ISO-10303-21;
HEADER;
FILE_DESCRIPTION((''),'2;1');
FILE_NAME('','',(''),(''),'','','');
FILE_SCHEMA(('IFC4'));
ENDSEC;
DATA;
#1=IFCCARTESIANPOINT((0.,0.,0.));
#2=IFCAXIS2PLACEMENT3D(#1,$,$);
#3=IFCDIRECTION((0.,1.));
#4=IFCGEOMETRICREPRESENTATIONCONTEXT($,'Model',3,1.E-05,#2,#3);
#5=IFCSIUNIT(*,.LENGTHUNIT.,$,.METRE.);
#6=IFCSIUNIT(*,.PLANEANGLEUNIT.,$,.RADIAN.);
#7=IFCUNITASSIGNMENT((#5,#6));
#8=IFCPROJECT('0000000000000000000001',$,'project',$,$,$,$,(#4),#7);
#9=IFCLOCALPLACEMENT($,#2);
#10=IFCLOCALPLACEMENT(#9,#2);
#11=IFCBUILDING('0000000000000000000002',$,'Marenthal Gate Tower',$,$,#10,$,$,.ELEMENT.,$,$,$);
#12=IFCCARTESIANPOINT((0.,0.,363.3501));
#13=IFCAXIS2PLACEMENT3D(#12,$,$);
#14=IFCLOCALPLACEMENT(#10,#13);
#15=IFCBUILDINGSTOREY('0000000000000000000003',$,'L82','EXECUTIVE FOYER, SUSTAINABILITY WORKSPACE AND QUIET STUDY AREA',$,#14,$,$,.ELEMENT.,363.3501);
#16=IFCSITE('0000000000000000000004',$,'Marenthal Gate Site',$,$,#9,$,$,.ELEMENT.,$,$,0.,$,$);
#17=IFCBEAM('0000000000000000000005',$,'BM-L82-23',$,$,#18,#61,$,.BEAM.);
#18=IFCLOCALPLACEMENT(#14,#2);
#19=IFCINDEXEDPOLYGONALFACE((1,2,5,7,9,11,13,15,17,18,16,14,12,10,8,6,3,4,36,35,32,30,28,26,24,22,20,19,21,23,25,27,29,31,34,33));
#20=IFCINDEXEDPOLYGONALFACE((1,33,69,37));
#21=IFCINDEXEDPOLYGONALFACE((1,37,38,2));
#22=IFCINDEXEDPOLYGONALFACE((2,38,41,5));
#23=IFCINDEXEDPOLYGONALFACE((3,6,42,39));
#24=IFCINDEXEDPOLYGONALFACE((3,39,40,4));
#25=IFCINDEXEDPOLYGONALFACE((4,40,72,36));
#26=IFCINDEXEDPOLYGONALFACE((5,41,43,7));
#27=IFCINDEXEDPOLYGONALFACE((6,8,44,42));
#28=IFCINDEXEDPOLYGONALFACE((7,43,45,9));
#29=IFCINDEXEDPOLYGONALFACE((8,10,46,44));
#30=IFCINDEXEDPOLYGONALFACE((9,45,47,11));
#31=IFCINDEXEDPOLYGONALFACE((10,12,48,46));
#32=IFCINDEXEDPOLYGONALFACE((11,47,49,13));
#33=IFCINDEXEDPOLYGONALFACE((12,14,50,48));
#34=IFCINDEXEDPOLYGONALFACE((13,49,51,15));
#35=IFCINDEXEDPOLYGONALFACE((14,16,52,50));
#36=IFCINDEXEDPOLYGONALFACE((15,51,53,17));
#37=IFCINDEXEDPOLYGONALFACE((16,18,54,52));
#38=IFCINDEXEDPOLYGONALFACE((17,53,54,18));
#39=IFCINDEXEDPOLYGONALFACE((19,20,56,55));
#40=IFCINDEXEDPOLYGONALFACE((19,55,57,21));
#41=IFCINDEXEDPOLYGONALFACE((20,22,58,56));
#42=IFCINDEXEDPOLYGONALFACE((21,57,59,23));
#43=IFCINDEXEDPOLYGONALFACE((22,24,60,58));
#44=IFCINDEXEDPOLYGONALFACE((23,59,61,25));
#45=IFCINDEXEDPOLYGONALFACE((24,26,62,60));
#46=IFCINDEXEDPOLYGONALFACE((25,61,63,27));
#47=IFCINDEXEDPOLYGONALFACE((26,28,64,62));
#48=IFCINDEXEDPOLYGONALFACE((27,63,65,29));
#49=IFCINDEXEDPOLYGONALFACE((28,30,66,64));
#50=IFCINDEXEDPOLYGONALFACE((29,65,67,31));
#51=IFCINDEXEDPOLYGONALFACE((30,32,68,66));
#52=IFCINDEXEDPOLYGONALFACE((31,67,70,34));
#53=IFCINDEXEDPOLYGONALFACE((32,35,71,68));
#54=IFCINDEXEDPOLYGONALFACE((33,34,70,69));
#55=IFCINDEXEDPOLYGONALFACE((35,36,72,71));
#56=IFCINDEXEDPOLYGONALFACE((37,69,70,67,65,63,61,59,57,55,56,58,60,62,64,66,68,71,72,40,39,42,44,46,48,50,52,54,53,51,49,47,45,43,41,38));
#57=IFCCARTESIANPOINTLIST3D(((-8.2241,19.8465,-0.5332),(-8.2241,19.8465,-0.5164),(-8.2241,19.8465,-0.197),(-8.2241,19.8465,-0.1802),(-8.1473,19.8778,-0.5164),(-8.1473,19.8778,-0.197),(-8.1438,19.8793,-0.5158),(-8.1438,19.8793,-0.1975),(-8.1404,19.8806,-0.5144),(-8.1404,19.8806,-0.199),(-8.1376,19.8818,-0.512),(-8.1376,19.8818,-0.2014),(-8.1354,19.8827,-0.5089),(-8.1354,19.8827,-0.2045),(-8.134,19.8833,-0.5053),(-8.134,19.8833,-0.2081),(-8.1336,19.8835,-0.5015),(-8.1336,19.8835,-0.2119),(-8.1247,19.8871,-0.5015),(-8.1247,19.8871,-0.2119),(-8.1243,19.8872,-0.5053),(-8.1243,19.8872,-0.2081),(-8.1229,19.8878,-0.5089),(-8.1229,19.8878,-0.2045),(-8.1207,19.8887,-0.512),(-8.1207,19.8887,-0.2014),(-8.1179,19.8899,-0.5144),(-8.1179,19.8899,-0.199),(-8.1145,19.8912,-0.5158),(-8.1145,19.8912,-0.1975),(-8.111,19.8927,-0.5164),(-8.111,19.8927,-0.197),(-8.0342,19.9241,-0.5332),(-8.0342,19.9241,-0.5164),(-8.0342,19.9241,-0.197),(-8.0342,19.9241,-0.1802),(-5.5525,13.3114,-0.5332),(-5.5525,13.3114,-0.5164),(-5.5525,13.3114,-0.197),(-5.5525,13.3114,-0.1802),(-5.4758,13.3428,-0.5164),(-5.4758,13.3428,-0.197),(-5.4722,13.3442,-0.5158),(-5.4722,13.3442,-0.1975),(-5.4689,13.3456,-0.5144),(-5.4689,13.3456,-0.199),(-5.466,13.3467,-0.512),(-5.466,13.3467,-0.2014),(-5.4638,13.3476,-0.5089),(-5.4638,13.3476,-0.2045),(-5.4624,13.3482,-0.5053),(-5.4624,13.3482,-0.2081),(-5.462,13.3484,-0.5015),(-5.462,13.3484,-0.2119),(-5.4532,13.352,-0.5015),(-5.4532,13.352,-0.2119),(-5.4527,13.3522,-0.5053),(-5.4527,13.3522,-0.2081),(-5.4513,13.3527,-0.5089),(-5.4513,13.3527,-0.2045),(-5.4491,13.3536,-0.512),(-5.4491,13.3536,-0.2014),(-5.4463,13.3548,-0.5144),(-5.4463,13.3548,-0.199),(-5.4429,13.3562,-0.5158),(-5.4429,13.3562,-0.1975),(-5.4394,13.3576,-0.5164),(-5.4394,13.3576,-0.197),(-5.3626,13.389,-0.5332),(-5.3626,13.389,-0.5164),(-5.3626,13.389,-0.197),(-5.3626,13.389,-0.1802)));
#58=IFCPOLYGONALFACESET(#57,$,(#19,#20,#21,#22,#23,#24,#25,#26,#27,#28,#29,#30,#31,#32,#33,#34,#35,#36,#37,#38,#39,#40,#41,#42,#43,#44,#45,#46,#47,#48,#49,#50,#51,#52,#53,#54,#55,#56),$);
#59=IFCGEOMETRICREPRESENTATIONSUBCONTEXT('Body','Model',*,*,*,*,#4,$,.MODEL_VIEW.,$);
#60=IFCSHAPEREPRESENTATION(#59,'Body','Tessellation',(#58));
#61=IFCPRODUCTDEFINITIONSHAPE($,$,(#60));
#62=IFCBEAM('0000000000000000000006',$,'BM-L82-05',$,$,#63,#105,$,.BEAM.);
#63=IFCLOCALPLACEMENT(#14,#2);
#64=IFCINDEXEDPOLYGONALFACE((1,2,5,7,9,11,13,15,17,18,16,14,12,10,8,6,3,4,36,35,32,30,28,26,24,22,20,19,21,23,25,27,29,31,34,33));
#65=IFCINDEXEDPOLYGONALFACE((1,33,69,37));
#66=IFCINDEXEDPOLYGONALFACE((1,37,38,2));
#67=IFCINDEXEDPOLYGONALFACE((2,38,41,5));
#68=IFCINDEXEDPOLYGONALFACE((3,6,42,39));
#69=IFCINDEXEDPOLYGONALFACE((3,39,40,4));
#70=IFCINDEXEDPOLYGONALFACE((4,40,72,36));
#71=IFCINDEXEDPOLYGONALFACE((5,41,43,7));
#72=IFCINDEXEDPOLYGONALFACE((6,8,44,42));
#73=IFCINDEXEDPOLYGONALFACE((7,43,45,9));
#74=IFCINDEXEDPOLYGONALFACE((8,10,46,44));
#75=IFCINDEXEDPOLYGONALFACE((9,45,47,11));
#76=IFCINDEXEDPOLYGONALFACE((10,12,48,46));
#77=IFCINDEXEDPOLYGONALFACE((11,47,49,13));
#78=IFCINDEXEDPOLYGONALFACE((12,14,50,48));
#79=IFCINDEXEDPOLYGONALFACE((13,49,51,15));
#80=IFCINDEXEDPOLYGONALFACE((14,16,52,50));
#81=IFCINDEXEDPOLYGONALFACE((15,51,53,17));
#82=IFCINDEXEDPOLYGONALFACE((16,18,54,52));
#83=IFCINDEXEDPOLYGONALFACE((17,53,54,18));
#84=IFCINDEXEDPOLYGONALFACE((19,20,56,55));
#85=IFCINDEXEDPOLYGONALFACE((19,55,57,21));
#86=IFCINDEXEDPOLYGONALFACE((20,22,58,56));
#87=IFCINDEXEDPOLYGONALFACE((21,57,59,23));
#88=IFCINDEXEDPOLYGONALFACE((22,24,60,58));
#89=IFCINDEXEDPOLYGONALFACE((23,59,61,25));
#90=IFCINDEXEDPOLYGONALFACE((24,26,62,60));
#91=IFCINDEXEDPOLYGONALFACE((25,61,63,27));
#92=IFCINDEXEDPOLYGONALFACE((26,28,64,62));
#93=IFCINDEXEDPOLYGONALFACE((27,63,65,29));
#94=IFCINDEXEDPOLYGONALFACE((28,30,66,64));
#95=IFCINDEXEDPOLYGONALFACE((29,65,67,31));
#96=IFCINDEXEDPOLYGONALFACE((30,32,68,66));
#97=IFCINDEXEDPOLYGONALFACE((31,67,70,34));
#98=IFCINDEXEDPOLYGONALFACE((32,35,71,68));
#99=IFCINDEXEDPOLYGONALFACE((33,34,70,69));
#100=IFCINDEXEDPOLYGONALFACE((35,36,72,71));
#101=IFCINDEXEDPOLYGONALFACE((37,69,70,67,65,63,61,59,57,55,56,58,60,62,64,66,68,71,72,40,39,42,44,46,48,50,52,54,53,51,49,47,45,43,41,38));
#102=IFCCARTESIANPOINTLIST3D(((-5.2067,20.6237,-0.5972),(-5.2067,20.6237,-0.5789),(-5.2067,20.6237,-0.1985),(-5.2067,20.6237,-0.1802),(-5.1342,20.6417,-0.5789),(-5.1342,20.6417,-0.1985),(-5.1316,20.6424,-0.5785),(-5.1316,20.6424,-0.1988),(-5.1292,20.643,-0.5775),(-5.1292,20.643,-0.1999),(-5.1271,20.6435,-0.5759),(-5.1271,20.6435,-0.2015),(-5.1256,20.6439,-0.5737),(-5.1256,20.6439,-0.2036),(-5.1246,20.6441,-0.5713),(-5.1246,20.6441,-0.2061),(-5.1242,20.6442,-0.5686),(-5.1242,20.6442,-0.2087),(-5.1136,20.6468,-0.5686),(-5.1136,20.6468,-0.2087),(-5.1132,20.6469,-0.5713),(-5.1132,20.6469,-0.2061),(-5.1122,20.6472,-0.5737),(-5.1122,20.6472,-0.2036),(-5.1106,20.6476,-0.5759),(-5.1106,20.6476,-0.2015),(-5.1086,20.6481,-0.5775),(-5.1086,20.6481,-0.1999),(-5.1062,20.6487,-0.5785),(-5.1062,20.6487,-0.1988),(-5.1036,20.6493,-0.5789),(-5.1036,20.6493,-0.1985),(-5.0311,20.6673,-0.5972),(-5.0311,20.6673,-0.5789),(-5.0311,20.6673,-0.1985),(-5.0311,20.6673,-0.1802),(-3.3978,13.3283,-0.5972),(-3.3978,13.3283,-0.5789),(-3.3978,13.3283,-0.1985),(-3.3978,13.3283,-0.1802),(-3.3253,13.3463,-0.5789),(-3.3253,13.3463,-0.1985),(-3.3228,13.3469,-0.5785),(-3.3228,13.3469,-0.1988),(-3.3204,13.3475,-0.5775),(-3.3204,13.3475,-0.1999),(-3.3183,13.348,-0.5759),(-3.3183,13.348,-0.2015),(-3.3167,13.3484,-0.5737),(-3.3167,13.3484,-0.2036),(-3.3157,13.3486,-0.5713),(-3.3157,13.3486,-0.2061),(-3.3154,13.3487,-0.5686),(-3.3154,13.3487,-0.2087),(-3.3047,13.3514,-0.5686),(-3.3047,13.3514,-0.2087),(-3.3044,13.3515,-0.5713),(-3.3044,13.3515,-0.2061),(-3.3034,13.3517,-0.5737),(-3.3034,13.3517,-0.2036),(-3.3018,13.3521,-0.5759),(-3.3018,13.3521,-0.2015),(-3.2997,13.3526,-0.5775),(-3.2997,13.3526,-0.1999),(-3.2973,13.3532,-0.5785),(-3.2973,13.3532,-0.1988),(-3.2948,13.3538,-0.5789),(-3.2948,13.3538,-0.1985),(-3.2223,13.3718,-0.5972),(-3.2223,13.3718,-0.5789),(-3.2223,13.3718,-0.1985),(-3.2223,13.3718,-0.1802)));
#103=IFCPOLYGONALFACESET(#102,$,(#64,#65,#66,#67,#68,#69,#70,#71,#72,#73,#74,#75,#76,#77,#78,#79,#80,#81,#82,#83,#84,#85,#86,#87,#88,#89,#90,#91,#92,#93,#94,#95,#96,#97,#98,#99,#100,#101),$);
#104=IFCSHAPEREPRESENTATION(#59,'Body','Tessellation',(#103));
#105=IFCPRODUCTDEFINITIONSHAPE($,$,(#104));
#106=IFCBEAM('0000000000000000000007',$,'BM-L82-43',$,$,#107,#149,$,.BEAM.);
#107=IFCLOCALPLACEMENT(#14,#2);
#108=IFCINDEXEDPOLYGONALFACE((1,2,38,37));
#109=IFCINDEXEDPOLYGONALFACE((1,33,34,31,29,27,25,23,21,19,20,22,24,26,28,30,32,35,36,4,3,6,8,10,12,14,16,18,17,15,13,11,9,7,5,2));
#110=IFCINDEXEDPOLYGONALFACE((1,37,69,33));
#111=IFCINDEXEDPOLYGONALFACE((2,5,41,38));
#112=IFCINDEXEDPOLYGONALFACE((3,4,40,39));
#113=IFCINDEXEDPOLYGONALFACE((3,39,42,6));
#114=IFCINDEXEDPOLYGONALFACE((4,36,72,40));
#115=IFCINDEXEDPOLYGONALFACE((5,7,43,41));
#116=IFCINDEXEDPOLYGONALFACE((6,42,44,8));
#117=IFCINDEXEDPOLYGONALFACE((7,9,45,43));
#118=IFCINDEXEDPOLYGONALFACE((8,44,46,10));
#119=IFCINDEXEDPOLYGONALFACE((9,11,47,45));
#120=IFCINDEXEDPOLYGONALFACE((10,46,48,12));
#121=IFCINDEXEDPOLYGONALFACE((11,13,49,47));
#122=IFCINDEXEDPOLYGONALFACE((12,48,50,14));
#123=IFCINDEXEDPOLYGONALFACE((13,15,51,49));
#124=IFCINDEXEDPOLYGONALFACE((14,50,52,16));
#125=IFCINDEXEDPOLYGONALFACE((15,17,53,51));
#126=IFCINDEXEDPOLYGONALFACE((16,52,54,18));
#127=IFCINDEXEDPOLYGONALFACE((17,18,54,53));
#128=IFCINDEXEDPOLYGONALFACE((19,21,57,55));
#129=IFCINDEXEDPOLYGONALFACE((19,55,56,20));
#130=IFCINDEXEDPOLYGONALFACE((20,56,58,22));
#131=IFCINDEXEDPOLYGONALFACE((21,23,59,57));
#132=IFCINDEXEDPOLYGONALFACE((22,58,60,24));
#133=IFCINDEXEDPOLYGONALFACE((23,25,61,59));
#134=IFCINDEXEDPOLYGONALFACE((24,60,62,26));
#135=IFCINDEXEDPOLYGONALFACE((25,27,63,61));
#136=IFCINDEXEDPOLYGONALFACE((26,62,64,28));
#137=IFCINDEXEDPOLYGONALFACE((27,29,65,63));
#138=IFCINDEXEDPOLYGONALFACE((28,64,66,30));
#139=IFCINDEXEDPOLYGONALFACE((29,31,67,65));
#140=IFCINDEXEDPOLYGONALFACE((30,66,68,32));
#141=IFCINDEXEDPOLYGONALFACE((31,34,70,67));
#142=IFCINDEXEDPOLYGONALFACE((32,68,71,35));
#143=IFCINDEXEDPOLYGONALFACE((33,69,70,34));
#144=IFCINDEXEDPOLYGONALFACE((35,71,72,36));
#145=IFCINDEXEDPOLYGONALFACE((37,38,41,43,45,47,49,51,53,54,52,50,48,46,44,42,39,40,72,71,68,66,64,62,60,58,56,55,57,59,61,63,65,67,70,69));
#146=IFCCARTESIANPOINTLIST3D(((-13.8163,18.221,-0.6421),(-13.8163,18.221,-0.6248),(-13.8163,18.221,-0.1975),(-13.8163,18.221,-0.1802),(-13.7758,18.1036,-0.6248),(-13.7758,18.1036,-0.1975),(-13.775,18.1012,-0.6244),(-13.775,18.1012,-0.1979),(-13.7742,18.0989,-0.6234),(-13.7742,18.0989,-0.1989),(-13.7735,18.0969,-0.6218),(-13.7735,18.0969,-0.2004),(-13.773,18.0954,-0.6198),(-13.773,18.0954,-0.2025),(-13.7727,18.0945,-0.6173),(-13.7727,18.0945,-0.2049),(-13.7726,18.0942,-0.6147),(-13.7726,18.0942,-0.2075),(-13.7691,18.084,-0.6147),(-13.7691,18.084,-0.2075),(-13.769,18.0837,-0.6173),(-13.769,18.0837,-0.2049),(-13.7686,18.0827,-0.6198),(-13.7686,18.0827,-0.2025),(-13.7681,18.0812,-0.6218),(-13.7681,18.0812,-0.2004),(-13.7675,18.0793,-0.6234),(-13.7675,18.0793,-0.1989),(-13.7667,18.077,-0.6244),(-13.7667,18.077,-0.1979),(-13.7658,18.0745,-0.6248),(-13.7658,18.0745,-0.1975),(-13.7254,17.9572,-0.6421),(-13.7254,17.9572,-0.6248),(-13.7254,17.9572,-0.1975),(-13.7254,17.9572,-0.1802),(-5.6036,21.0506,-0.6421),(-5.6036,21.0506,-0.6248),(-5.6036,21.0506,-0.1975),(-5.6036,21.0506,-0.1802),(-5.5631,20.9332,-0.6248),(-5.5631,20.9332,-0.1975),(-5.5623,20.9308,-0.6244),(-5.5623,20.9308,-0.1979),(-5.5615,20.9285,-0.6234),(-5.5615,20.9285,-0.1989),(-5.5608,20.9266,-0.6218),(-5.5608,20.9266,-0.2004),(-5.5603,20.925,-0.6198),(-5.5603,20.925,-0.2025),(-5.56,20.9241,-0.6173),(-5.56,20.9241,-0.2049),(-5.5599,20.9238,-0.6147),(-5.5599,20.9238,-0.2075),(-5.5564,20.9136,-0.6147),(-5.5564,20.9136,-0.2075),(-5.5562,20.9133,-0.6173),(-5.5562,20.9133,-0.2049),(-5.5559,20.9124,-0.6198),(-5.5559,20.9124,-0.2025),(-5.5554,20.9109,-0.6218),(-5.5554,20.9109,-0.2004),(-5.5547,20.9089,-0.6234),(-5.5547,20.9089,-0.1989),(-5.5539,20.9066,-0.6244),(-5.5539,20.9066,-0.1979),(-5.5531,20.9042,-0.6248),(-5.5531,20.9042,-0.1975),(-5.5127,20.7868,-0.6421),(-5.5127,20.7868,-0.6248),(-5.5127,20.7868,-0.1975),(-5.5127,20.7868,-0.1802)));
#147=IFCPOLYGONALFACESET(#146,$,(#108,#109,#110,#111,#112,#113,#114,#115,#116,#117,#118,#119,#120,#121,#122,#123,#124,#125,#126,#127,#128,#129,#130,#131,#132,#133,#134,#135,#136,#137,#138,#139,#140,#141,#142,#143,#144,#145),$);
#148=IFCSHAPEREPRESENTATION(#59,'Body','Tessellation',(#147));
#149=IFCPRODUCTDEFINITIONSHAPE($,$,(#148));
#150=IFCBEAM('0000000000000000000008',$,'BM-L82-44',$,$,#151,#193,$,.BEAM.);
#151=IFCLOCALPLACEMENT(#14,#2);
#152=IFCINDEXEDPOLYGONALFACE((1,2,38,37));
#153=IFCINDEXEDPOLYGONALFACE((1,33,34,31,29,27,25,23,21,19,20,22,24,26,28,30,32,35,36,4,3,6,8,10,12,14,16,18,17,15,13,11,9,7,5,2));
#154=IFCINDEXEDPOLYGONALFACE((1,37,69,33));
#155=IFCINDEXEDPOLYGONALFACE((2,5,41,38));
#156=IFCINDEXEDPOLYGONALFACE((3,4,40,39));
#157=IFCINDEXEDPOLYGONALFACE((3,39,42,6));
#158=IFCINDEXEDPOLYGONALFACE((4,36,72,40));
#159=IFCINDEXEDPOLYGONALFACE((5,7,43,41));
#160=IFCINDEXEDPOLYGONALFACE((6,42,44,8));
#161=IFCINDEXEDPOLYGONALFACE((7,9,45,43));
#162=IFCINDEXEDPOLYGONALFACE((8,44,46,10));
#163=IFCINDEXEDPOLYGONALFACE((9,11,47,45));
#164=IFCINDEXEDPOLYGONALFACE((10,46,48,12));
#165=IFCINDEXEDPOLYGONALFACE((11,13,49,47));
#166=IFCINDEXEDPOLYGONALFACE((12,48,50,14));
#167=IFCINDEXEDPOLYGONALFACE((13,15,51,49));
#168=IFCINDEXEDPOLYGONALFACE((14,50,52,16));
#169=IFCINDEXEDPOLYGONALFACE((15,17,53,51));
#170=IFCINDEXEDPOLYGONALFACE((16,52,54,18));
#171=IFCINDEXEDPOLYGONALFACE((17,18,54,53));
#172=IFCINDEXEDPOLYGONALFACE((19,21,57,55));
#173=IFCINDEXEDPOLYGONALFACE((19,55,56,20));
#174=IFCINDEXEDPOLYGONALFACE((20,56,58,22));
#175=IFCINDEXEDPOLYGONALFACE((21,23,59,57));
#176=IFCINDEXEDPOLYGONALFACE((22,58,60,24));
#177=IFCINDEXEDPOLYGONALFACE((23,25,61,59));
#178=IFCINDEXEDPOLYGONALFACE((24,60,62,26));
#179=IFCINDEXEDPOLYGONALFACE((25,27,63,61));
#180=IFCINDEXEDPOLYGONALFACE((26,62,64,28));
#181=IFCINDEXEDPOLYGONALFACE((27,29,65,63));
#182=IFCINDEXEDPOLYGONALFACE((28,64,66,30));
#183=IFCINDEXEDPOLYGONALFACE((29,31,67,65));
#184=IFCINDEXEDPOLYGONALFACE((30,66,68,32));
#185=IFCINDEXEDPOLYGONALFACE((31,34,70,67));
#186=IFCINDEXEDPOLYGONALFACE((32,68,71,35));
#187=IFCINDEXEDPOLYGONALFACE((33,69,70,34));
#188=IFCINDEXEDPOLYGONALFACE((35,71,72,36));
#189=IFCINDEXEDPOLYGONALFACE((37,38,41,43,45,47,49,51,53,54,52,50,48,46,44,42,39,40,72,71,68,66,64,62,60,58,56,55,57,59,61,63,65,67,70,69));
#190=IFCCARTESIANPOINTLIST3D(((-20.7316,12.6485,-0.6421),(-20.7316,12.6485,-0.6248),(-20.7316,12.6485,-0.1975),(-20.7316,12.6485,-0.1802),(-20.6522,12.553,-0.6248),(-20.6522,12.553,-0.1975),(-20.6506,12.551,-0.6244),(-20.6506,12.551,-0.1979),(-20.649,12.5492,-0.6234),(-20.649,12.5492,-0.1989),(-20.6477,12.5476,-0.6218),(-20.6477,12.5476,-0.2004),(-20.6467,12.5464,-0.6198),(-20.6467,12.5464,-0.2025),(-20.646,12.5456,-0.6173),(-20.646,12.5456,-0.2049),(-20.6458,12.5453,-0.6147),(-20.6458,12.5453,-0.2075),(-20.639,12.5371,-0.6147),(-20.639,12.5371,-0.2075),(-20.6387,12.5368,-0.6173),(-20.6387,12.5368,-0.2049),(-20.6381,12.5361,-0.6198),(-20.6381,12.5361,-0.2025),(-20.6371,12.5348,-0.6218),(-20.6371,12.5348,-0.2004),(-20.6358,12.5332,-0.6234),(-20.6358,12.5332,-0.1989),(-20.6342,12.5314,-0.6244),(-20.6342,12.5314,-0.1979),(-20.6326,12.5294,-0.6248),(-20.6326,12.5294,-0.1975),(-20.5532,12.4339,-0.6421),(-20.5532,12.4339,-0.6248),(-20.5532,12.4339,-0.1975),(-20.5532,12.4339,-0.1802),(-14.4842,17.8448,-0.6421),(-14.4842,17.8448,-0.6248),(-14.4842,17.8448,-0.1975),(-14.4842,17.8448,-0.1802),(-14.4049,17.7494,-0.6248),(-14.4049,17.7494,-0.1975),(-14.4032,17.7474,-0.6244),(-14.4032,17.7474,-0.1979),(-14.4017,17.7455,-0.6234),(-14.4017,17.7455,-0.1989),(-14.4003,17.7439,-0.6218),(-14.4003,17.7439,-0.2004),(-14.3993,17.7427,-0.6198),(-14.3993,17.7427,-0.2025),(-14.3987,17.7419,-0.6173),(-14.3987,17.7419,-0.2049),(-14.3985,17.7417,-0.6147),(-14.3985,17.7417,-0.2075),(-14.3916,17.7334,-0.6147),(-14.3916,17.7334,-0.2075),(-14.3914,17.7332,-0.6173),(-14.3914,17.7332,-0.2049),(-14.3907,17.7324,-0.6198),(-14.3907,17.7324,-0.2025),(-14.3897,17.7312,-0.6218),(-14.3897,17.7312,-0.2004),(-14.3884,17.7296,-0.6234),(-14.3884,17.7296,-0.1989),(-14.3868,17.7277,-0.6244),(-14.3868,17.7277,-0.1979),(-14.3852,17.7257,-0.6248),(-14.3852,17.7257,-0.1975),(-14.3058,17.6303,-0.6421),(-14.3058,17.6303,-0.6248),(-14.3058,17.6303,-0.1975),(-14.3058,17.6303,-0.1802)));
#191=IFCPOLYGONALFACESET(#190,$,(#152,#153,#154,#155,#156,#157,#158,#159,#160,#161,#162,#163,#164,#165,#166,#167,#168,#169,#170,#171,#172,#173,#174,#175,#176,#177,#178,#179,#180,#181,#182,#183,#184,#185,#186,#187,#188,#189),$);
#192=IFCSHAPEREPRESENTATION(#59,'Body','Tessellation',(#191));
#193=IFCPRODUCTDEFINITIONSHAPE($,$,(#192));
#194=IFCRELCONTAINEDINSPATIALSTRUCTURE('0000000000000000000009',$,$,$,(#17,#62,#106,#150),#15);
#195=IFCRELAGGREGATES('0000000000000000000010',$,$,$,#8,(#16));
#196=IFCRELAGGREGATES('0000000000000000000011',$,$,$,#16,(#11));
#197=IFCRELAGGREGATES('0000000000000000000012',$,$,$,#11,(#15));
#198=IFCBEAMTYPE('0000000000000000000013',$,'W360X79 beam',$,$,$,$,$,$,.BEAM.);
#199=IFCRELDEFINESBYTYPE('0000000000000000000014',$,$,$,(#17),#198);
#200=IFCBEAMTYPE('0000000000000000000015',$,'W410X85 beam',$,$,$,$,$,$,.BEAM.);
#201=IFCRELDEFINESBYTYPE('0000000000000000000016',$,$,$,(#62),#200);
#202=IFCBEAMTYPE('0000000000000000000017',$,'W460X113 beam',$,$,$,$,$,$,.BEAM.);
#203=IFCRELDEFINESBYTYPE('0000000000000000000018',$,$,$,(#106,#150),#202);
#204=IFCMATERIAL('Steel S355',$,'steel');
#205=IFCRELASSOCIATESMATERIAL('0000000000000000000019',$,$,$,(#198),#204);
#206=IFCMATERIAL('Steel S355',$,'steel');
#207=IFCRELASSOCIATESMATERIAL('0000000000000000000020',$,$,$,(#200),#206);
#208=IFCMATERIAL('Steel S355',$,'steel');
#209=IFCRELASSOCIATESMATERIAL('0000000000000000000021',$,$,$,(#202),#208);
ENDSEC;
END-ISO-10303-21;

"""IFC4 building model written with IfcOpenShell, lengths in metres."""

from ifc_helpers import new_model, si_unit, direction, frame, origin, origin_2d, place, context, subcontext, project, spatial, i_section, extrude, material, material_profile, profile_set, type_object, element, save


model = new_model("IFC4")

# Units and contexts
model_context = context("Model", 3, precision=1e-05, world=origin(), true_north=direction((0.0, 1.0)))
body_context = subcontext(model_context, "Body", "Model", "MODEL_VIEW")
ifc_project = project(units=[si_unit("LENGTHUNIT", "METRE"), si_unit("PLANEANGLEUNIT", "RADIAN")], contexts=[model_context])

# Site, building, storey
site_placement = place(None, origin())
site = spatial("IfcSite", under=ifc_project, at=site_placement, Name="Marenthal Gate Site", CompositionType="ELEMENT", RefElevation=0.0)
building_placement = place(site_placement, origin())
building = spatial("IfcBuilding", under=site, at=building_placement, Name="Marenthal Gate Tower", CompositionType="ELEMENT")
storey_placement = place(building_placement, frame((0.0, 0.0, 363.3501)))
storey = spatial("IfcBuildingStorey", under=building, at=storey_placement, Name="L82", Description="EXECUTIVE FOYER, SUSTAINABILITY WORKSPACE AND QUIET STUDY AREA", CompositionType="ELEMENT", Elevation=363.3501)

# Beams
ifc_material_1 = material(Name="Steel S355", Category="steel")
ifc_material_profile_1 = material_profile(ifc_material_1, i_section(OverallWidth=0.2051, OverallDepth=0.353, WebThickness=0.0095, FlangeThickness=0.0168, FilletRadius=0.0149, at=origin_2d()), Name="W360X79")
ifc_profile_set_1 = profile_set([ifc_material_profile_1], Name="Steel S355")
beam_type_1 = type_object("IfcBeamType", Name="W360X79 beam", PredefinedType="BEAM", material=ifc_profile_set_1)
beam_1_placement = place(storey_placement, frame((-8.1292, 19.8853, -0.3567), z_axis=(0.378409, -0.925638, 0.0), x_axis=(0.925638, 0.378409, 0.0)))
element("IfcBeam", 1, at=beam_1_placement, inside=storey, type_object=beam_type_1, Name="BM-L82-23", PredefinedType="BEAM", context=body_context, shape_type="SweptSolid", body=[
    extrude(i_section(OverallWidth=0.2051, OverallDepth=0.353, WebThickness=0.0095, FlangeThickness=0.0168, FilletRadius=0.0149, at=origin_2d()), origin(), (0.0, 0.0, 1.0), 7.0601),
])
ifc_material_2 = material(Name="Steel S355", Category="steel")
ifc_material_profile_2 = material_profile(ifc_material_2, i_section(OverallWidth=0.1809, OverallDepth=0.417, WebThickness=0.011, FlangeThickness=0.0183, FilletRadius=0.0103, at=origin_2d()), Name="W410X85")
ifc_profile_set_2 = profile_set([ifc_material_profile_2], Name="Steel S355")
beam_type_2 = type_object("IfcBeamType", Name="W410X85 beam", PredefinedType="BEAM", material=ifc_profile_set_2)
beam_2_placement = place(storey_placement, frame((-5.1189, 20.6455, -0.3887), z_axis=(0.240655, -0.970611, 0.0), x_axis=(0.970611, 0.240655, 0.0)))
element("IfcBeam", 2, at=beam_2_placement, inside=storey, type_object=beam_type_2, Name="BM-L82-05", PredefinedType="BEAM", context=body_context, shape_type="SweptSolid", body=[
    extrude(i_section(OverallWidth=0.1809, OverallDepth=0.417, WebThickness=0.011, FlangeThickness=0.0183, FilletRadius=0.0103, at=origin_2d()), origin(), (0.0, 0.0, 1.0), 7.5164),
])
ifc_material_3 = material(Name="Steel S355", Category="steel")
ifc_material_profile_3 = material_profile(ifc_material_3, i_section(OverallWidth=0.2791, OverallDepth=0.4619, WebThickness=0.0107, FlangeThickness=0.0173, FilletRadius=0.01, at=origin_2d()), Name="W460X113")
ifc_profile_set_3 = profile_set([ifc_material_profile_3], Name="Steel S355")
beam_type_3 = type_object("IfcBeamType", Name="W460X113 beam", PredefinedType="BEAM", material=ifc_profile_set_3)
beam_3_placement = place(storey_placement, frame((-5.5581, 20.9187, -0.4111), z_axis=(-0.945457, -0.325748, 0.0), x_axis=(0.325748, -0.945457, 0.0)))
element("IfcBeam", 3, at=beam_3_placement, inside=storey, type_object=beam_type_3, Name="BM-L82-43", PredefinedType="BEAM", context=body_context, shape_type="SweptSolid", body=[
    extrude(i_section(OverallWidth=0.2791, OverallDepth=0.4619, WebThickness=0.0107, FlangeThickness=0.0173, FilletRadius=0.01, at=origin_2d()), origin(), (0.0, 0.0, 1.0), 8.6865),
])
beam_4_placement = place(storey_placement, frame((-14.395, 17.7375, -0.4111), z_axis=(-0.768814, -0.639472, 0.0), x_axis=(0.639472, -0.768814, 0.0)))
element("IfcBeam", 4, at=beam_4_placement, inside=storey, type_object=beam_type_3, Name="BM-L82-44", PredefinedType="BEAM", context=body_context, shape_type="SweptSolid", body=[
    extrude(i_section(OverallWidth=0.2791, OverallDepth=0.4619, WebThickness=0.0107, FlangeThickness=0.0173, FilletRadius=0.01, at=origin_2d()), origin(), (0.0, 0.0, 1.0), 8.126),
])

save(model, "model.ifc")
